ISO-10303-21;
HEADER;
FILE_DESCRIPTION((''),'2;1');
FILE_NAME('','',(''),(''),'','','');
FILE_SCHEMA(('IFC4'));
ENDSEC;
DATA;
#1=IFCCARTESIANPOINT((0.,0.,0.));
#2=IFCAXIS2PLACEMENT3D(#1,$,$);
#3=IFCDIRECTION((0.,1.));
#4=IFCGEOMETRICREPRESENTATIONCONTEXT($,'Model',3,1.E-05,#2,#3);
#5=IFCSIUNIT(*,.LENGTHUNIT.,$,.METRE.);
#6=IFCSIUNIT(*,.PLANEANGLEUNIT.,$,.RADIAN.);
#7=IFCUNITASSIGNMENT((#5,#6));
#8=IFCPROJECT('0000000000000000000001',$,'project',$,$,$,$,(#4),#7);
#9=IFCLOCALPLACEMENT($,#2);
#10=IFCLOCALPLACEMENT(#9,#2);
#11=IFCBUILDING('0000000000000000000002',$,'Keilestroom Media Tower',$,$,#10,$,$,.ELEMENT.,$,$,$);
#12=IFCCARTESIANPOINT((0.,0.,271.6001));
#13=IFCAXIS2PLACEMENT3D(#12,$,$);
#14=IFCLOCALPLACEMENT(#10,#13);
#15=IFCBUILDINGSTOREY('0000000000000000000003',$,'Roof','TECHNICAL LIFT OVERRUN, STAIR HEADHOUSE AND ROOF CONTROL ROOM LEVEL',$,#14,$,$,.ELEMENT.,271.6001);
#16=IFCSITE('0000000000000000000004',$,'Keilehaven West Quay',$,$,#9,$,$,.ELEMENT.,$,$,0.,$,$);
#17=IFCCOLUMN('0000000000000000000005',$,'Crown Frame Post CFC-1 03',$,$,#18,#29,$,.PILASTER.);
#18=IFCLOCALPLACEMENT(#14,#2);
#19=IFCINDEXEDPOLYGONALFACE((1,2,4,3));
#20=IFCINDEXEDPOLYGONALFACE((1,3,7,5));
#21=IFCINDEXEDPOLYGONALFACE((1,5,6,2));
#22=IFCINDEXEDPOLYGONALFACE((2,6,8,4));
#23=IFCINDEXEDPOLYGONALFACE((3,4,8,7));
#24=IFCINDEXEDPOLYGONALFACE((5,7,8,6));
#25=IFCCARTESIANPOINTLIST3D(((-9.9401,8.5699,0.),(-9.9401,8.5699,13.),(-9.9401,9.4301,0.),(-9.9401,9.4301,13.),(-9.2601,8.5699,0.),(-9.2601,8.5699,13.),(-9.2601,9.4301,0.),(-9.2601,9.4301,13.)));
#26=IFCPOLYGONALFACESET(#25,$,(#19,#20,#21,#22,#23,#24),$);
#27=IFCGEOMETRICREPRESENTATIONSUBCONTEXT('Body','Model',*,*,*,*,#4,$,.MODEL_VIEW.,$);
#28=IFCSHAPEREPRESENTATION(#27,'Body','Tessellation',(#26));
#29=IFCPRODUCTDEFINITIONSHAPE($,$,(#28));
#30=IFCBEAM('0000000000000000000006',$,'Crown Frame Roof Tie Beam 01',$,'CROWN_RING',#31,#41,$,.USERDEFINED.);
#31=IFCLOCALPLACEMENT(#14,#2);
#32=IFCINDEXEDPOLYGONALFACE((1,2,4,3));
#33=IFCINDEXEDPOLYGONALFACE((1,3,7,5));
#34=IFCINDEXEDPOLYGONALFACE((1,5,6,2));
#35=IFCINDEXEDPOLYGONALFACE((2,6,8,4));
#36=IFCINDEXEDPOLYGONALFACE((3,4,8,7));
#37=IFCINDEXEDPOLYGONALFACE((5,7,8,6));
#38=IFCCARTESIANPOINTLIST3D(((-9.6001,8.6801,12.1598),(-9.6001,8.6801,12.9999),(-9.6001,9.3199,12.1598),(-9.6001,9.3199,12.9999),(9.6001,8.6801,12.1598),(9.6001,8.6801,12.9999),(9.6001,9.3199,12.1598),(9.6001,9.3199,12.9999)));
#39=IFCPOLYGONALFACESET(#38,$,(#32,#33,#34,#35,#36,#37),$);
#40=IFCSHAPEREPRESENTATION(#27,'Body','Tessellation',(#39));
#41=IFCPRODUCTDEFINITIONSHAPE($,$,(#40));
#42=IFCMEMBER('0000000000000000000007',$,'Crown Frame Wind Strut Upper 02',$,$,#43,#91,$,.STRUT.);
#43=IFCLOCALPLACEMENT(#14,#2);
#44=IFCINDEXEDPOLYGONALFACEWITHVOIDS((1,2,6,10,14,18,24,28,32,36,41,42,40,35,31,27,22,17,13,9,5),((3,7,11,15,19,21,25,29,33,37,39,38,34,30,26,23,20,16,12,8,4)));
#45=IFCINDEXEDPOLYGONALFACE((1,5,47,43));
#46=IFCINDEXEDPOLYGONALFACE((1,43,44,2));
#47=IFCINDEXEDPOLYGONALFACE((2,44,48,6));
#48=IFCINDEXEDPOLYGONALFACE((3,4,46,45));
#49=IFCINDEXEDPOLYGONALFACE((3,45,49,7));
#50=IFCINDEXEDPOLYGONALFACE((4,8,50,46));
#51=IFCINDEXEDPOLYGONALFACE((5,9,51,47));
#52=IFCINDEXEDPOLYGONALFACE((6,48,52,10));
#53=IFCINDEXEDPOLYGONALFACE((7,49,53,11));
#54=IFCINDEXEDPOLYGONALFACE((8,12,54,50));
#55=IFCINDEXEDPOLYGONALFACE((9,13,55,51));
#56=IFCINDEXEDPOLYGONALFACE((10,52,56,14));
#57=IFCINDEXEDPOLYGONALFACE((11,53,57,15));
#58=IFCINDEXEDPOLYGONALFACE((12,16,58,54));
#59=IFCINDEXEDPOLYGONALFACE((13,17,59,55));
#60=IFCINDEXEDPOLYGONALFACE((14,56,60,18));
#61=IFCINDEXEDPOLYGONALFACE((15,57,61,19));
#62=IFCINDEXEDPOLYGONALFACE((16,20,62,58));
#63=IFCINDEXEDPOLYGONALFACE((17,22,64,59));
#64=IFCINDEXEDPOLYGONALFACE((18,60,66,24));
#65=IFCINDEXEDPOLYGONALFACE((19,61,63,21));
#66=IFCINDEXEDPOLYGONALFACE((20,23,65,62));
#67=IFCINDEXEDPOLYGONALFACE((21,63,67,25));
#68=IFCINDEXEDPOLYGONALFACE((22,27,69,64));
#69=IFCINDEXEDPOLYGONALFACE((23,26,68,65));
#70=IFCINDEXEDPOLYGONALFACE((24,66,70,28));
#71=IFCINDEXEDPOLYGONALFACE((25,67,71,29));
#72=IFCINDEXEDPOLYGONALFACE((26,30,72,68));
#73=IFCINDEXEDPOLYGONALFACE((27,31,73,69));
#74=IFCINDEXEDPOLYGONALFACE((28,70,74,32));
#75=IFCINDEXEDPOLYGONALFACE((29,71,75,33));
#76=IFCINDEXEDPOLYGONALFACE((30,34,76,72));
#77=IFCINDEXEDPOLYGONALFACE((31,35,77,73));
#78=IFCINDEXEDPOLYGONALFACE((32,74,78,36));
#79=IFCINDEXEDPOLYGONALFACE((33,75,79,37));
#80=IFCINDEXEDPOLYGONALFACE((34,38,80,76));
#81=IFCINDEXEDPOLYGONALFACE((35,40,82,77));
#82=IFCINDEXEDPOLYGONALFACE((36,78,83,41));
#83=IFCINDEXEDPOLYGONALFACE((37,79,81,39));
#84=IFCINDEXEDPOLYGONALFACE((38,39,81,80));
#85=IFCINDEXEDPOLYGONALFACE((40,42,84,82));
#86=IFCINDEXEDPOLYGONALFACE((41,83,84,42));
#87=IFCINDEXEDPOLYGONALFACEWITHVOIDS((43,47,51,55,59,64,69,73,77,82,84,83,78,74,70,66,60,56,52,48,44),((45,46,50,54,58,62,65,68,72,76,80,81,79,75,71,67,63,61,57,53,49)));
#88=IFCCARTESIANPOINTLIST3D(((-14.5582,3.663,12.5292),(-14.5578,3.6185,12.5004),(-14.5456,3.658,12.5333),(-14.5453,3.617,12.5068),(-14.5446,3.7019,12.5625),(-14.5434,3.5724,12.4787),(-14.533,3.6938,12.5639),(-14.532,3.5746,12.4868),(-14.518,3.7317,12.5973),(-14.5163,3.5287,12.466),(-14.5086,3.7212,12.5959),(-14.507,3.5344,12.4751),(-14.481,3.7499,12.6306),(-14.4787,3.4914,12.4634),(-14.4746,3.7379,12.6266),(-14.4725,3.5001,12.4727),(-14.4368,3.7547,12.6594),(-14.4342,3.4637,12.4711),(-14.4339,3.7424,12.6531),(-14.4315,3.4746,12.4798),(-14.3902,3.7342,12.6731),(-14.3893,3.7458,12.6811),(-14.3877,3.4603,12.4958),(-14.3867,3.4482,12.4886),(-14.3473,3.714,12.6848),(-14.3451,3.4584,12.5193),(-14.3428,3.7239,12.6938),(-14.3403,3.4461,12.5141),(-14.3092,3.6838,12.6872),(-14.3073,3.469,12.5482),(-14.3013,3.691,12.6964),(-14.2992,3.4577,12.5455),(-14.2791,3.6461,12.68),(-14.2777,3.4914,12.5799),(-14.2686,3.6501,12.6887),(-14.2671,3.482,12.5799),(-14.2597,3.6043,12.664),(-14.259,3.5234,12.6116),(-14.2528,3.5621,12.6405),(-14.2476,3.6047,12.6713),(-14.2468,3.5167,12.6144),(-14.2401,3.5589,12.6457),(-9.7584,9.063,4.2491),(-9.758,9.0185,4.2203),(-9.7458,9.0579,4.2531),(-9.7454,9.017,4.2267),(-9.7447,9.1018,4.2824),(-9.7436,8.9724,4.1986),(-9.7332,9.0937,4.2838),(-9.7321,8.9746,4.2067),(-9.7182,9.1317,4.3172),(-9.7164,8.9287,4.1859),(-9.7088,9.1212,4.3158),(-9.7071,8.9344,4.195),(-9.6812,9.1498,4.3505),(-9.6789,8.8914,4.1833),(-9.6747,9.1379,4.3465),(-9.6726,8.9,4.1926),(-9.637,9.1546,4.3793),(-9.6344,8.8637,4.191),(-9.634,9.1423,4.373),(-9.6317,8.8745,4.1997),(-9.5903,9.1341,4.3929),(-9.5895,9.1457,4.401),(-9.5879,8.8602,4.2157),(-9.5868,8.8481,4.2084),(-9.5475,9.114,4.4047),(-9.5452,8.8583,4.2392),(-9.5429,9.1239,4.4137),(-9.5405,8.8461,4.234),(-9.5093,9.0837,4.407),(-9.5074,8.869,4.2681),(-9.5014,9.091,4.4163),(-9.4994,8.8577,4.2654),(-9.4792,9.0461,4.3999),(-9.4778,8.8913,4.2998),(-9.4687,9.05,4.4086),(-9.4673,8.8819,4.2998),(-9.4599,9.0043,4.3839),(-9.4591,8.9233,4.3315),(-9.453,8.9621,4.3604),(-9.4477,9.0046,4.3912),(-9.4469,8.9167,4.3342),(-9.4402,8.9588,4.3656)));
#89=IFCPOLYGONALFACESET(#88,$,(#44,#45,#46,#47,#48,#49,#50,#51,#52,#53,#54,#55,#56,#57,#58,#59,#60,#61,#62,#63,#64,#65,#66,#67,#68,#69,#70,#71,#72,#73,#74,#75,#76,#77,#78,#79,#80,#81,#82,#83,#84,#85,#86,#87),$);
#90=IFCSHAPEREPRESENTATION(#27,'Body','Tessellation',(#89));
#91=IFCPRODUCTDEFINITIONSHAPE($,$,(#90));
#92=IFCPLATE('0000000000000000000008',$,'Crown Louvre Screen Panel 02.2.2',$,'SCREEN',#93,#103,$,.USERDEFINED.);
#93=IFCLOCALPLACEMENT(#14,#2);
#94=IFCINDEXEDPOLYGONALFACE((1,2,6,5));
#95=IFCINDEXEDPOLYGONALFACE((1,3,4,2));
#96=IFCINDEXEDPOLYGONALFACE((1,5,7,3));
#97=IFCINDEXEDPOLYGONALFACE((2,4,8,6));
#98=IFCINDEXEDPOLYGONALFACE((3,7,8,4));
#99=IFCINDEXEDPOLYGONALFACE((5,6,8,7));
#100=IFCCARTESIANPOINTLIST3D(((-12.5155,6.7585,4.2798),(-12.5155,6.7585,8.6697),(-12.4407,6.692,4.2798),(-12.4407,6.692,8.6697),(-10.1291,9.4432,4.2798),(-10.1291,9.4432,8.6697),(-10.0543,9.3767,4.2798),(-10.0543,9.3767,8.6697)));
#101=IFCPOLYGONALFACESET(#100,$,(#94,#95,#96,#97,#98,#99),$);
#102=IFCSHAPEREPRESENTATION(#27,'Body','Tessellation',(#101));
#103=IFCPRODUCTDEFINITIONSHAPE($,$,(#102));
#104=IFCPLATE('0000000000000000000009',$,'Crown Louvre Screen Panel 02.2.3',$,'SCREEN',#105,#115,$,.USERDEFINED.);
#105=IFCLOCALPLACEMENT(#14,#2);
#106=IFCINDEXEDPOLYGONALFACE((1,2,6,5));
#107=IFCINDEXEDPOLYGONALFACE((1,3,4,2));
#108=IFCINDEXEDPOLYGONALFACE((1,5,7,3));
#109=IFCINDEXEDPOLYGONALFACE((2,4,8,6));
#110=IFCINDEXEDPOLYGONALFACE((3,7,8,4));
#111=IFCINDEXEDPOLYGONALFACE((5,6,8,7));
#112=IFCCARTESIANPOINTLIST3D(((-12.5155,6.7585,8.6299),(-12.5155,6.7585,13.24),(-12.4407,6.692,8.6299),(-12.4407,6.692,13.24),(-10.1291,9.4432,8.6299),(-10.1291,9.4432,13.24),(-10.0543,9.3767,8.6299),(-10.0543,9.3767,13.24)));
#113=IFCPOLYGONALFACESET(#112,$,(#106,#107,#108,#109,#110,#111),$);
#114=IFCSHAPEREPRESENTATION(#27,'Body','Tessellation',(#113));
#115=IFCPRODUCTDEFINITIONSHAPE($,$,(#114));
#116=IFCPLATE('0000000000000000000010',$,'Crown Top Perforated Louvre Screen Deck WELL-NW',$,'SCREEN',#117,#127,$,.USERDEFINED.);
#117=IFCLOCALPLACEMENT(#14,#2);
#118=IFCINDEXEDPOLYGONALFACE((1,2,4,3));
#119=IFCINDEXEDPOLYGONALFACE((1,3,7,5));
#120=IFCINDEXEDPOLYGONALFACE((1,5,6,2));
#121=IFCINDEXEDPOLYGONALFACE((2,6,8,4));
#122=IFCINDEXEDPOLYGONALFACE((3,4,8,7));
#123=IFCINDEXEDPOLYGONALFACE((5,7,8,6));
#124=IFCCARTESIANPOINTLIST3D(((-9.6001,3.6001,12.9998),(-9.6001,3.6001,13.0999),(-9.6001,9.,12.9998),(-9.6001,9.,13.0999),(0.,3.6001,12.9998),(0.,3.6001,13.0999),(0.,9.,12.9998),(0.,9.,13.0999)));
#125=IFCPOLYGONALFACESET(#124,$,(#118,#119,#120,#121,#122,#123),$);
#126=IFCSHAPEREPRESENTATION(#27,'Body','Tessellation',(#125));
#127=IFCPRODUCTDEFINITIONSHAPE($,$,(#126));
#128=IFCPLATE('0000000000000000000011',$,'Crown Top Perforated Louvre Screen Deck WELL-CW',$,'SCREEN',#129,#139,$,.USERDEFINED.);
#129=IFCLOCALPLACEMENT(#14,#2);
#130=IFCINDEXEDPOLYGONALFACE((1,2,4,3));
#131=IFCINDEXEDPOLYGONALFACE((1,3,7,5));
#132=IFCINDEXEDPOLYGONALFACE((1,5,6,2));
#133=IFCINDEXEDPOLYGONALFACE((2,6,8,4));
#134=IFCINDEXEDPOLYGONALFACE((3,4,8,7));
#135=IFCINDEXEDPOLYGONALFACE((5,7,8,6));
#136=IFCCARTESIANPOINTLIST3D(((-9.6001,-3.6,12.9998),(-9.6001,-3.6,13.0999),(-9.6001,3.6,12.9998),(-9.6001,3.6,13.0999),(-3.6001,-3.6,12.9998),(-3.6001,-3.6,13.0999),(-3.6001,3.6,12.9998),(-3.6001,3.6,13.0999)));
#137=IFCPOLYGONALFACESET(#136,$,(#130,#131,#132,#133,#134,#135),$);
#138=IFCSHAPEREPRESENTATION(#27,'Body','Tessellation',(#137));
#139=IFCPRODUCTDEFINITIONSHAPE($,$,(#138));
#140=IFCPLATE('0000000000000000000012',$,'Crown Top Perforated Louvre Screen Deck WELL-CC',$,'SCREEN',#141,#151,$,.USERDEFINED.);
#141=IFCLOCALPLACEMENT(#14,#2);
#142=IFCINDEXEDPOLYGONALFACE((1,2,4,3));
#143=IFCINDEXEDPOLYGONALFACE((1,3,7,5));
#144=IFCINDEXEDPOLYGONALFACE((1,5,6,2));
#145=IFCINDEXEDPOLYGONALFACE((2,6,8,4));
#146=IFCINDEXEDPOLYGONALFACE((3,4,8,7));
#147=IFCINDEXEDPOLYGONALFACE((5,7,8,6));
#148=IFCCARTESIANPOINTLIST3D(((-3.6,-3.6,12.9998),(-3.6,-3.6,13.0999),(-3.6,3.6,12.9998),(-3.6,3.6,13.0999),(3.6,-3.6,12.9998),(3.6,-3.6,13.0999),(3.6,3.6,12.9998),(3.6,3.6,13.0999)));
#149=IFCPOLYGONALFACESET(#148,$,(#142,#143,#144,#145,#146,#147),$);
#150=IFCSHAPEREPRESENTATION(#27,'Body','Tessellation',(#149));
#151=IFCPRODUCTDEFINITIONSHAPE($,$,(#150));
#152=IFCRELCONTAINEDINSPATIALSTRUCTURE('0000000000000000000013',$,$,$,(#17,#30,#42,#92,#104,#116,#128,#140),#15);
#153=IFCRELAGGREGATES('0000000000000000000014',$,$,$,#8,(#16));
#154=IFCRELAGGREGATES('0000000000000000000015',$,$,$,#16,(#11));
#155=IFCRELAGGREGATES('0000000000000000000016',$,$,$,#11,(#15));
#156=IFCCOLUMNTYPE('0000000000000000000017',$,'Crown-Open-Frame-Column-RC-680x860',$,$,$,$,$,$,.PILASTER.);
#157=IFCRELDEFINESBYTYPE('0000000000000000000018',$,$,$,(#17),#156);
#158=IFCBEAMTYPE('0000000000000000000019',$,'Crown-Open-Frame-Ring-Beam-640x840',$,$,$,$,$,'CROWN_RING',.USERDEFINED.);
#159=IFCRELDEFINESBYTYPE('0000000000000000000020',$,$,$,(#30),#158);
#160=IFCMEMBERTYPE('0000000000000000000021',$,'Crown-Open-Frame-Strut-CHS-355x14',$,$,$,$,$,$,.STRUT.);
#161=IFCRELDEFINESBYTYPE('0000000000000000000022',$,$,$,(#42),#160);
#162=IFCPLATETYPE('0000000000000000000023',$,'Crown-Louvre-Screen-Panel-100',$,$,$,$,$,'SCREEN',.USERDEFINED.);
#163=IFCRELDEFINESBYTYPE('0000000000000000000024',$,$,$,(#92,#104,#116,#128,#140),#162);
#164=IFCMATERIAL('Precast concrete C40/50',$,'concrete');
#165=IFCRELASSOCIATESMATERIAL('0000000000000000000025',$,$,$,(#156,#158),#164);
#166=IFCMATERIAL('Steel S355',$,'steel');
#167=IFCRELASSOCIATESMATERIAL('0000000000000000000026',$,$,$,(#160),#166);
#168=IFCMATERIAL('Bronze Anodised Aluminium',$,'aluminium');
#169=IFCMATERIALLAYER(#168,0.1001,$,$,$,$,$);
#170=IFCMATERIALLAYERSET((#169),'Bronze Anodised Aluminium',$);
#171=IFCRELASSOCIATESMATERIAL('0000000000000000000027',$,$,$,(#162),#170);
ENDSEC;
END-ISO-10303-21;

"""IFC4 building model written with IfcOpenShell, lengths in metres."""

from ifc_helpers import new_model, si_unit, direction, frame, origin, origin_2d, place, context, subcontext, project, spatial, rectangle, hollow_circle, extrude, source, transform, mapped, material, layer, layer_set, material_profile, profile_set, type_object, element, save


model = new_model("IFC4")

# Units and contexts
model_context = context("Model", 3, precision=1e-05, world=origin(), true_north=direction((0.0, 1.0)))
body_context = subcontext(model_context, "Body", "Model", "MODEL_VIEW")
ifc_project = project(units=[si_unit("LENGTHUNIT", "METRE"), si_unit("PLANEANGLEUNIT", "RADIAN")], contexts=[model_context])

# Site, building, storey
site_placement = place(None, origin())
site = spatial("IfcSite", under=ifc_project, at=site_placement, Name="Keilehaven West Quay", CompositionType="ELEMENT", RefElevation=0.0)
building_placement = place(site_placement, origin())
building = spatial("IfcBuilding", under=site, at=building_placement, Name="Keilestroom Media Tower", CompositionType="ELEMENT")
storey_placement = place(building_placement, frame((0.0, 0.0, 271.6001)))
storey = spatial("IfcBuildingStorey", under=building, at=storey_placement, Name="Roof", Description="TECHNICAL LIFT OVERRUN, STAIR HEADHOUSE AND ROOF CONTROL ROOM LEVEL", CompositionType="ELEMENT", Elevation=271.6001)

# Column
ifc_material_1 = material(Name="Precast concrete C40/50", Category="concrete")
ifc_material_profile_1 = material_profile(ifc_material_1, rectangle(XDim=0.6799, YDim=0.8601, at=origin_2d()), Name="CF 860x680")
ifc_profile_set_1 = profile_set([ifc_material_profile_1], Name="Precast concrete C40/50")
column_type = type_object("IfcColumnType", Name="Crown-Open-Frame-Column-RC-680x860", PredefinedType="PILASTER", material=ifc_profile_set_1)
shared_shape_1 = source(origin(), body_context, "Body", "SweptSolid", [
    extrude(rectangle(XDim=0.6799, YDim=0.8601, at=origin_2d()), origin(), (0.0, 0.0, 1.0), 13.0),
])
column_placement = place(storey_placement, frame((-9.6001, 9.0, 0.0), z_axis=(0.0, 0.0, 1.0), x_axis=(1.0, 0.0, 0.0)))
element("IfcColumn", 1, at=column_placement, inside=storey, type_object=column_type, Name="Crown Frame Post CFC-1 03", PredefinedType="PILASTER", context=body_context, shape_type="MappedRepresentation", body=[
    mapped(shared_shape_1, transform((0.0, 0.0, 0.0), x_axis=(1.0, 0.0, 0.0), y_axis=(0.0, 1.0, 0.0), z_axis=(0.0, 0.0, 1.0), scale=1.0)),
])

# Beam
ifc_material_profile_2 = material_profile(ifc_material_1, rectangle(XDim=0.6399, YDim=0.8401, at=origin_2d()), Name="CF 640x840")
ifc_profile_set_2 = profile_set([ifc_material_profile_2], Name="Precast concrete C40/50")
beam_type = type_object("IfcBeamType", Name="Crown-Open-Frame-Ring-Beam-640x840", ElementType="CROWN_RING", PredefinedType="USERDEFINED", material=ifc_profile_set_2)
shared_shape_2 = source(origin(), body_context, "Body", "SweptSolid", [
    extrude(rectangle(XDim=0.6399, YDim=0.8401, at=origin_2d()), origin(), (0.0, 0.0, 1.0), 19.2002),
])
beam_placement = place(storey_placement, frame((-9.6001, 9.0, 12.5798), z_axis=(1.0, 0.0, 0.0), x_axis=(0.0, 1.0, 0.0)))
element("IfcBeam", 2, at=beam_placement, inside=storey, type_object=beam_type, Name="Crown Frame Roof Tie Beam 01", ObjectType="CROWN_RING", PredefinedType="USERDEFINED", context=body_context, shape_type="MappedRepresentation", body=[
    mapped(shared_shape_2, transform((0.0, 0.0, 0.0), x_axis=(1.0, 0.0, 0.0), y_axis=(0.0, 1.0, 0.0), z_axis=(0.0, 0.0, 1.0), scale=1.0)),
])

# Member
ifc_material_2 = material(Name="Steel S355", Category="steel")
ifc_material_profile_3 = material_profile(ifc_material_2, hollow_circle(Radius=0.1777, WallThickness=0.0142, at=origin_2d()), Name="CHS 355.6x14.2")
ifc_profile_set_3 = profile_set([ifc_material_profile_3], Name="Steel S355")
member_type = type_object("IfcMemberType", Name="Crown-Open-Frame-Strut-CHS-355x14", PredefinedType="STRUT", material=ifc_profile_set_3)
shared_shape_3 = source(origin(), body_context, "Body", "SweptSolid", [
    extrude(hollow_circle(Radius=0.1777, WallThickness=0.0142, at=origin_2d()), origin(), (0.0, 0.0, 1.0), 10.989),
])
member_placement = place(storey_placement, frame((-9.6001, 9.0, 4.2998), z_axis=(-0.436787, -0.491396, 0.75349), x_axis=(0.747417, -0.664355, 0.0)))
element("IfcMember", 3, at=member_placement, inside=storey, type_object=member_type, Name="Crown Frame Wind Strut Upper 02", PredefinedType="STRUT", context=body_context, shape_type="MappedRepresentation", body=[
    mapped(shared_shape_3, transform((0.0, 0.0, 0.0), x_axis=(1.0, 0.0, 0.0), y_axis=(0.0, 1.0, 0.0), z_axis=(0.0, 0.0, 1.0), scale=1.0)),
])

# Plates
ifc_material_3 = material(Name="Bronze Anodised Aluminium", Category="aluminium")
ifc_layer_1 = layer(ifc_material_3, 0.1001)
ifc_layer_set_1 = layer_set([ifc_layer_1], Name="Bronze Anodised Aluminium")
plate_type = type_object("IfcPlateType", Name="Crown-Louvre-Screen-Panel-100", ElementType="SCREEN", PredefinedType="USERDEFINED", material=ifc_layer_set_1)
shared_shape_4 = source(origin(), body_context, "Body", "SweptSolid", [
    extrude(rectangle(XDim=3.592, YDim=0.1001, at=origin_2d()), origin(), (0.0, 0.0, 1.0), 4.3899),
])
plate_1_placement = place(storey_placement, frame((-11.2849, 8.0676, 4.2798), z_axis=(0.0, 0.0, 1.0), x_axis=(0.664363, 0.74741, 0.0)))
element("IfcPlate", 4, at=plate_1_placement, inside=storey, type_object=plate_type, Name="Crown Louvre Screen Panel 02.2.2", ObjectType="SCREEN", PredefinedType="USERDEFINED", context=body_context, shape_type="MappedRepresentation", body=[
    mapped(shared_shape_4, transform((0.0, 0.0, 0.0), x_axis=(1.0, 0.0, 0.0), y_axis=(0.0, 1.0, 0.0), z_axis=(0.0, 0.0, 1.0), scale=1.0)),
])
shared_shape_5 = source(origin(), body_context, "Body", "SweptSolid", [
    extrude(rectangle(XDim=3.592, YDim=0.1001, at=origin_2d()), origin(), (0.0, 0.0, 1.0), 4.6101),
])
plate_2_placement = place(storey_placement, frame((-11.2849, 8.0676, 8.6299), z_axis=(0.0, 0.0, 1.0), x_axis=(0.664363, 0.74741, 0.0)))
element("IfcPlate", 5, at=plate_2_placement, inside=storey, type_object=plate_type, Name="Crown Louvre Screen Panel 02.2.3", ObjectType="SCREEN", PredefinedType="USERDEFINED", context=body_context, shape_type="MappedRepresentation", body=[
    mapped(shared_shape_5, transform((0.0, 0.0, 0.0), x_axis=(1.0, 0.0, 0.0), y_axis=(0.0, 1.0, 0.0), z_axis=(0.0, 0.0, 1.0), scale=1.0)),
])
shared_shape_6 = source(origin(), body_context, "Body", "SweptSolid", [
    extrude(rectangle(XDim=9.6001, YDim=5.3999, at=origin_2d()), origin(), (0.0, 0.0, 1.0), 0.1001),
])
plate_3_placement = place(storey_placement, frame((-4.8, 6.3, 12.9998), z_axis=(0.0, 0.0, 1.0), x_axis=(1.0, 0.0, 0.0)))
element("IfcPlate", 6, at=plate_3_placement, inside=storey, type_object=plate_type, Name="Crown Top Perforated Louvre Screen Deck WELL-NW", ObjectType="SCREEN", PredefinedType="USERDEFINED", context=body_context, shape_type="MappedRepresentation", body=[
    mapped(shared_shape_6, transform((0.0, 0.0, 0.0), x_axis=(1.0, 0.0, 0.0), y_axis=(0.0, 1.0, 0.0), z_axis=(0.0, 0.0, 1.0), scale=1.0)),
])
shared_shape_7 = source(origin(), body_context, "Body", "SweptSolid", [
    extrude(rectangle(XDim=6.0, YDim=7.2, at=origin_2d()), origin(), (0.0, 0.0, 1.0), 0.1001),
])
plate_4_placement = place(storey_placement, frame((-6.6001, 0.0, 12.9998), z_axis=(0.0, 0.0, 1.0), x_axis=(1.0, 0.0, 0.0)))
element("IfcPlate", 7, at=plate_4_placement, inside=storey, type_object=plate_type, Name="Crown Top Perforated Louvre Screen Deck WELL-CW", ObjectType="SCREEN", PredefinedType="USERDEFINED", context=body_context, shape_type="MappedRepresentation", body=[
    mapped(shared_shape_7, transform((0.0, 0.0, 0.0), x_axis=(1.0, 0.0, 0.0), y_axis=(0.0, 1.0, 0.0), z_axis=(0.0, 0.0, 1.0), scale=1.0)),
])
shared_shape_8 = source(origin(), body_context, "Body", "SweptSolid", [
    extrude(rectangle(XDim=7.2, YDim=7.2, at=origin_2d()), origin(), (0.0, 0.0, 1.0), 0.1001),
])
plate_5_placement = place(storey_placement, frame((0.0, 0.0, 12.9998), z_axis=(0.0, 0.0, 1.0), x_axis=(1.0, 0.0, 0.0)))
element("IfcPlate", 8, at=plate_5_placement, inside=storey, type_object=plate_type, Name="Crown Top Perforated Louvre Screen Deck WELL-CC", ObjectType="SCREEN", PredefinedType="USERDEFINED", context=body_context, shape_type="MappedRepresentation", body=[
    mapped(shared_shape_8, transform((0.0, 0.0, 0.0), x_axis=(1.0, 0.0, 0.0), y_axis=(0.0, 1.0, 0.0), z_axis=(0.0, 0.0, 1.0), scale=1.0)),
])

save(model, "model.ifc")
